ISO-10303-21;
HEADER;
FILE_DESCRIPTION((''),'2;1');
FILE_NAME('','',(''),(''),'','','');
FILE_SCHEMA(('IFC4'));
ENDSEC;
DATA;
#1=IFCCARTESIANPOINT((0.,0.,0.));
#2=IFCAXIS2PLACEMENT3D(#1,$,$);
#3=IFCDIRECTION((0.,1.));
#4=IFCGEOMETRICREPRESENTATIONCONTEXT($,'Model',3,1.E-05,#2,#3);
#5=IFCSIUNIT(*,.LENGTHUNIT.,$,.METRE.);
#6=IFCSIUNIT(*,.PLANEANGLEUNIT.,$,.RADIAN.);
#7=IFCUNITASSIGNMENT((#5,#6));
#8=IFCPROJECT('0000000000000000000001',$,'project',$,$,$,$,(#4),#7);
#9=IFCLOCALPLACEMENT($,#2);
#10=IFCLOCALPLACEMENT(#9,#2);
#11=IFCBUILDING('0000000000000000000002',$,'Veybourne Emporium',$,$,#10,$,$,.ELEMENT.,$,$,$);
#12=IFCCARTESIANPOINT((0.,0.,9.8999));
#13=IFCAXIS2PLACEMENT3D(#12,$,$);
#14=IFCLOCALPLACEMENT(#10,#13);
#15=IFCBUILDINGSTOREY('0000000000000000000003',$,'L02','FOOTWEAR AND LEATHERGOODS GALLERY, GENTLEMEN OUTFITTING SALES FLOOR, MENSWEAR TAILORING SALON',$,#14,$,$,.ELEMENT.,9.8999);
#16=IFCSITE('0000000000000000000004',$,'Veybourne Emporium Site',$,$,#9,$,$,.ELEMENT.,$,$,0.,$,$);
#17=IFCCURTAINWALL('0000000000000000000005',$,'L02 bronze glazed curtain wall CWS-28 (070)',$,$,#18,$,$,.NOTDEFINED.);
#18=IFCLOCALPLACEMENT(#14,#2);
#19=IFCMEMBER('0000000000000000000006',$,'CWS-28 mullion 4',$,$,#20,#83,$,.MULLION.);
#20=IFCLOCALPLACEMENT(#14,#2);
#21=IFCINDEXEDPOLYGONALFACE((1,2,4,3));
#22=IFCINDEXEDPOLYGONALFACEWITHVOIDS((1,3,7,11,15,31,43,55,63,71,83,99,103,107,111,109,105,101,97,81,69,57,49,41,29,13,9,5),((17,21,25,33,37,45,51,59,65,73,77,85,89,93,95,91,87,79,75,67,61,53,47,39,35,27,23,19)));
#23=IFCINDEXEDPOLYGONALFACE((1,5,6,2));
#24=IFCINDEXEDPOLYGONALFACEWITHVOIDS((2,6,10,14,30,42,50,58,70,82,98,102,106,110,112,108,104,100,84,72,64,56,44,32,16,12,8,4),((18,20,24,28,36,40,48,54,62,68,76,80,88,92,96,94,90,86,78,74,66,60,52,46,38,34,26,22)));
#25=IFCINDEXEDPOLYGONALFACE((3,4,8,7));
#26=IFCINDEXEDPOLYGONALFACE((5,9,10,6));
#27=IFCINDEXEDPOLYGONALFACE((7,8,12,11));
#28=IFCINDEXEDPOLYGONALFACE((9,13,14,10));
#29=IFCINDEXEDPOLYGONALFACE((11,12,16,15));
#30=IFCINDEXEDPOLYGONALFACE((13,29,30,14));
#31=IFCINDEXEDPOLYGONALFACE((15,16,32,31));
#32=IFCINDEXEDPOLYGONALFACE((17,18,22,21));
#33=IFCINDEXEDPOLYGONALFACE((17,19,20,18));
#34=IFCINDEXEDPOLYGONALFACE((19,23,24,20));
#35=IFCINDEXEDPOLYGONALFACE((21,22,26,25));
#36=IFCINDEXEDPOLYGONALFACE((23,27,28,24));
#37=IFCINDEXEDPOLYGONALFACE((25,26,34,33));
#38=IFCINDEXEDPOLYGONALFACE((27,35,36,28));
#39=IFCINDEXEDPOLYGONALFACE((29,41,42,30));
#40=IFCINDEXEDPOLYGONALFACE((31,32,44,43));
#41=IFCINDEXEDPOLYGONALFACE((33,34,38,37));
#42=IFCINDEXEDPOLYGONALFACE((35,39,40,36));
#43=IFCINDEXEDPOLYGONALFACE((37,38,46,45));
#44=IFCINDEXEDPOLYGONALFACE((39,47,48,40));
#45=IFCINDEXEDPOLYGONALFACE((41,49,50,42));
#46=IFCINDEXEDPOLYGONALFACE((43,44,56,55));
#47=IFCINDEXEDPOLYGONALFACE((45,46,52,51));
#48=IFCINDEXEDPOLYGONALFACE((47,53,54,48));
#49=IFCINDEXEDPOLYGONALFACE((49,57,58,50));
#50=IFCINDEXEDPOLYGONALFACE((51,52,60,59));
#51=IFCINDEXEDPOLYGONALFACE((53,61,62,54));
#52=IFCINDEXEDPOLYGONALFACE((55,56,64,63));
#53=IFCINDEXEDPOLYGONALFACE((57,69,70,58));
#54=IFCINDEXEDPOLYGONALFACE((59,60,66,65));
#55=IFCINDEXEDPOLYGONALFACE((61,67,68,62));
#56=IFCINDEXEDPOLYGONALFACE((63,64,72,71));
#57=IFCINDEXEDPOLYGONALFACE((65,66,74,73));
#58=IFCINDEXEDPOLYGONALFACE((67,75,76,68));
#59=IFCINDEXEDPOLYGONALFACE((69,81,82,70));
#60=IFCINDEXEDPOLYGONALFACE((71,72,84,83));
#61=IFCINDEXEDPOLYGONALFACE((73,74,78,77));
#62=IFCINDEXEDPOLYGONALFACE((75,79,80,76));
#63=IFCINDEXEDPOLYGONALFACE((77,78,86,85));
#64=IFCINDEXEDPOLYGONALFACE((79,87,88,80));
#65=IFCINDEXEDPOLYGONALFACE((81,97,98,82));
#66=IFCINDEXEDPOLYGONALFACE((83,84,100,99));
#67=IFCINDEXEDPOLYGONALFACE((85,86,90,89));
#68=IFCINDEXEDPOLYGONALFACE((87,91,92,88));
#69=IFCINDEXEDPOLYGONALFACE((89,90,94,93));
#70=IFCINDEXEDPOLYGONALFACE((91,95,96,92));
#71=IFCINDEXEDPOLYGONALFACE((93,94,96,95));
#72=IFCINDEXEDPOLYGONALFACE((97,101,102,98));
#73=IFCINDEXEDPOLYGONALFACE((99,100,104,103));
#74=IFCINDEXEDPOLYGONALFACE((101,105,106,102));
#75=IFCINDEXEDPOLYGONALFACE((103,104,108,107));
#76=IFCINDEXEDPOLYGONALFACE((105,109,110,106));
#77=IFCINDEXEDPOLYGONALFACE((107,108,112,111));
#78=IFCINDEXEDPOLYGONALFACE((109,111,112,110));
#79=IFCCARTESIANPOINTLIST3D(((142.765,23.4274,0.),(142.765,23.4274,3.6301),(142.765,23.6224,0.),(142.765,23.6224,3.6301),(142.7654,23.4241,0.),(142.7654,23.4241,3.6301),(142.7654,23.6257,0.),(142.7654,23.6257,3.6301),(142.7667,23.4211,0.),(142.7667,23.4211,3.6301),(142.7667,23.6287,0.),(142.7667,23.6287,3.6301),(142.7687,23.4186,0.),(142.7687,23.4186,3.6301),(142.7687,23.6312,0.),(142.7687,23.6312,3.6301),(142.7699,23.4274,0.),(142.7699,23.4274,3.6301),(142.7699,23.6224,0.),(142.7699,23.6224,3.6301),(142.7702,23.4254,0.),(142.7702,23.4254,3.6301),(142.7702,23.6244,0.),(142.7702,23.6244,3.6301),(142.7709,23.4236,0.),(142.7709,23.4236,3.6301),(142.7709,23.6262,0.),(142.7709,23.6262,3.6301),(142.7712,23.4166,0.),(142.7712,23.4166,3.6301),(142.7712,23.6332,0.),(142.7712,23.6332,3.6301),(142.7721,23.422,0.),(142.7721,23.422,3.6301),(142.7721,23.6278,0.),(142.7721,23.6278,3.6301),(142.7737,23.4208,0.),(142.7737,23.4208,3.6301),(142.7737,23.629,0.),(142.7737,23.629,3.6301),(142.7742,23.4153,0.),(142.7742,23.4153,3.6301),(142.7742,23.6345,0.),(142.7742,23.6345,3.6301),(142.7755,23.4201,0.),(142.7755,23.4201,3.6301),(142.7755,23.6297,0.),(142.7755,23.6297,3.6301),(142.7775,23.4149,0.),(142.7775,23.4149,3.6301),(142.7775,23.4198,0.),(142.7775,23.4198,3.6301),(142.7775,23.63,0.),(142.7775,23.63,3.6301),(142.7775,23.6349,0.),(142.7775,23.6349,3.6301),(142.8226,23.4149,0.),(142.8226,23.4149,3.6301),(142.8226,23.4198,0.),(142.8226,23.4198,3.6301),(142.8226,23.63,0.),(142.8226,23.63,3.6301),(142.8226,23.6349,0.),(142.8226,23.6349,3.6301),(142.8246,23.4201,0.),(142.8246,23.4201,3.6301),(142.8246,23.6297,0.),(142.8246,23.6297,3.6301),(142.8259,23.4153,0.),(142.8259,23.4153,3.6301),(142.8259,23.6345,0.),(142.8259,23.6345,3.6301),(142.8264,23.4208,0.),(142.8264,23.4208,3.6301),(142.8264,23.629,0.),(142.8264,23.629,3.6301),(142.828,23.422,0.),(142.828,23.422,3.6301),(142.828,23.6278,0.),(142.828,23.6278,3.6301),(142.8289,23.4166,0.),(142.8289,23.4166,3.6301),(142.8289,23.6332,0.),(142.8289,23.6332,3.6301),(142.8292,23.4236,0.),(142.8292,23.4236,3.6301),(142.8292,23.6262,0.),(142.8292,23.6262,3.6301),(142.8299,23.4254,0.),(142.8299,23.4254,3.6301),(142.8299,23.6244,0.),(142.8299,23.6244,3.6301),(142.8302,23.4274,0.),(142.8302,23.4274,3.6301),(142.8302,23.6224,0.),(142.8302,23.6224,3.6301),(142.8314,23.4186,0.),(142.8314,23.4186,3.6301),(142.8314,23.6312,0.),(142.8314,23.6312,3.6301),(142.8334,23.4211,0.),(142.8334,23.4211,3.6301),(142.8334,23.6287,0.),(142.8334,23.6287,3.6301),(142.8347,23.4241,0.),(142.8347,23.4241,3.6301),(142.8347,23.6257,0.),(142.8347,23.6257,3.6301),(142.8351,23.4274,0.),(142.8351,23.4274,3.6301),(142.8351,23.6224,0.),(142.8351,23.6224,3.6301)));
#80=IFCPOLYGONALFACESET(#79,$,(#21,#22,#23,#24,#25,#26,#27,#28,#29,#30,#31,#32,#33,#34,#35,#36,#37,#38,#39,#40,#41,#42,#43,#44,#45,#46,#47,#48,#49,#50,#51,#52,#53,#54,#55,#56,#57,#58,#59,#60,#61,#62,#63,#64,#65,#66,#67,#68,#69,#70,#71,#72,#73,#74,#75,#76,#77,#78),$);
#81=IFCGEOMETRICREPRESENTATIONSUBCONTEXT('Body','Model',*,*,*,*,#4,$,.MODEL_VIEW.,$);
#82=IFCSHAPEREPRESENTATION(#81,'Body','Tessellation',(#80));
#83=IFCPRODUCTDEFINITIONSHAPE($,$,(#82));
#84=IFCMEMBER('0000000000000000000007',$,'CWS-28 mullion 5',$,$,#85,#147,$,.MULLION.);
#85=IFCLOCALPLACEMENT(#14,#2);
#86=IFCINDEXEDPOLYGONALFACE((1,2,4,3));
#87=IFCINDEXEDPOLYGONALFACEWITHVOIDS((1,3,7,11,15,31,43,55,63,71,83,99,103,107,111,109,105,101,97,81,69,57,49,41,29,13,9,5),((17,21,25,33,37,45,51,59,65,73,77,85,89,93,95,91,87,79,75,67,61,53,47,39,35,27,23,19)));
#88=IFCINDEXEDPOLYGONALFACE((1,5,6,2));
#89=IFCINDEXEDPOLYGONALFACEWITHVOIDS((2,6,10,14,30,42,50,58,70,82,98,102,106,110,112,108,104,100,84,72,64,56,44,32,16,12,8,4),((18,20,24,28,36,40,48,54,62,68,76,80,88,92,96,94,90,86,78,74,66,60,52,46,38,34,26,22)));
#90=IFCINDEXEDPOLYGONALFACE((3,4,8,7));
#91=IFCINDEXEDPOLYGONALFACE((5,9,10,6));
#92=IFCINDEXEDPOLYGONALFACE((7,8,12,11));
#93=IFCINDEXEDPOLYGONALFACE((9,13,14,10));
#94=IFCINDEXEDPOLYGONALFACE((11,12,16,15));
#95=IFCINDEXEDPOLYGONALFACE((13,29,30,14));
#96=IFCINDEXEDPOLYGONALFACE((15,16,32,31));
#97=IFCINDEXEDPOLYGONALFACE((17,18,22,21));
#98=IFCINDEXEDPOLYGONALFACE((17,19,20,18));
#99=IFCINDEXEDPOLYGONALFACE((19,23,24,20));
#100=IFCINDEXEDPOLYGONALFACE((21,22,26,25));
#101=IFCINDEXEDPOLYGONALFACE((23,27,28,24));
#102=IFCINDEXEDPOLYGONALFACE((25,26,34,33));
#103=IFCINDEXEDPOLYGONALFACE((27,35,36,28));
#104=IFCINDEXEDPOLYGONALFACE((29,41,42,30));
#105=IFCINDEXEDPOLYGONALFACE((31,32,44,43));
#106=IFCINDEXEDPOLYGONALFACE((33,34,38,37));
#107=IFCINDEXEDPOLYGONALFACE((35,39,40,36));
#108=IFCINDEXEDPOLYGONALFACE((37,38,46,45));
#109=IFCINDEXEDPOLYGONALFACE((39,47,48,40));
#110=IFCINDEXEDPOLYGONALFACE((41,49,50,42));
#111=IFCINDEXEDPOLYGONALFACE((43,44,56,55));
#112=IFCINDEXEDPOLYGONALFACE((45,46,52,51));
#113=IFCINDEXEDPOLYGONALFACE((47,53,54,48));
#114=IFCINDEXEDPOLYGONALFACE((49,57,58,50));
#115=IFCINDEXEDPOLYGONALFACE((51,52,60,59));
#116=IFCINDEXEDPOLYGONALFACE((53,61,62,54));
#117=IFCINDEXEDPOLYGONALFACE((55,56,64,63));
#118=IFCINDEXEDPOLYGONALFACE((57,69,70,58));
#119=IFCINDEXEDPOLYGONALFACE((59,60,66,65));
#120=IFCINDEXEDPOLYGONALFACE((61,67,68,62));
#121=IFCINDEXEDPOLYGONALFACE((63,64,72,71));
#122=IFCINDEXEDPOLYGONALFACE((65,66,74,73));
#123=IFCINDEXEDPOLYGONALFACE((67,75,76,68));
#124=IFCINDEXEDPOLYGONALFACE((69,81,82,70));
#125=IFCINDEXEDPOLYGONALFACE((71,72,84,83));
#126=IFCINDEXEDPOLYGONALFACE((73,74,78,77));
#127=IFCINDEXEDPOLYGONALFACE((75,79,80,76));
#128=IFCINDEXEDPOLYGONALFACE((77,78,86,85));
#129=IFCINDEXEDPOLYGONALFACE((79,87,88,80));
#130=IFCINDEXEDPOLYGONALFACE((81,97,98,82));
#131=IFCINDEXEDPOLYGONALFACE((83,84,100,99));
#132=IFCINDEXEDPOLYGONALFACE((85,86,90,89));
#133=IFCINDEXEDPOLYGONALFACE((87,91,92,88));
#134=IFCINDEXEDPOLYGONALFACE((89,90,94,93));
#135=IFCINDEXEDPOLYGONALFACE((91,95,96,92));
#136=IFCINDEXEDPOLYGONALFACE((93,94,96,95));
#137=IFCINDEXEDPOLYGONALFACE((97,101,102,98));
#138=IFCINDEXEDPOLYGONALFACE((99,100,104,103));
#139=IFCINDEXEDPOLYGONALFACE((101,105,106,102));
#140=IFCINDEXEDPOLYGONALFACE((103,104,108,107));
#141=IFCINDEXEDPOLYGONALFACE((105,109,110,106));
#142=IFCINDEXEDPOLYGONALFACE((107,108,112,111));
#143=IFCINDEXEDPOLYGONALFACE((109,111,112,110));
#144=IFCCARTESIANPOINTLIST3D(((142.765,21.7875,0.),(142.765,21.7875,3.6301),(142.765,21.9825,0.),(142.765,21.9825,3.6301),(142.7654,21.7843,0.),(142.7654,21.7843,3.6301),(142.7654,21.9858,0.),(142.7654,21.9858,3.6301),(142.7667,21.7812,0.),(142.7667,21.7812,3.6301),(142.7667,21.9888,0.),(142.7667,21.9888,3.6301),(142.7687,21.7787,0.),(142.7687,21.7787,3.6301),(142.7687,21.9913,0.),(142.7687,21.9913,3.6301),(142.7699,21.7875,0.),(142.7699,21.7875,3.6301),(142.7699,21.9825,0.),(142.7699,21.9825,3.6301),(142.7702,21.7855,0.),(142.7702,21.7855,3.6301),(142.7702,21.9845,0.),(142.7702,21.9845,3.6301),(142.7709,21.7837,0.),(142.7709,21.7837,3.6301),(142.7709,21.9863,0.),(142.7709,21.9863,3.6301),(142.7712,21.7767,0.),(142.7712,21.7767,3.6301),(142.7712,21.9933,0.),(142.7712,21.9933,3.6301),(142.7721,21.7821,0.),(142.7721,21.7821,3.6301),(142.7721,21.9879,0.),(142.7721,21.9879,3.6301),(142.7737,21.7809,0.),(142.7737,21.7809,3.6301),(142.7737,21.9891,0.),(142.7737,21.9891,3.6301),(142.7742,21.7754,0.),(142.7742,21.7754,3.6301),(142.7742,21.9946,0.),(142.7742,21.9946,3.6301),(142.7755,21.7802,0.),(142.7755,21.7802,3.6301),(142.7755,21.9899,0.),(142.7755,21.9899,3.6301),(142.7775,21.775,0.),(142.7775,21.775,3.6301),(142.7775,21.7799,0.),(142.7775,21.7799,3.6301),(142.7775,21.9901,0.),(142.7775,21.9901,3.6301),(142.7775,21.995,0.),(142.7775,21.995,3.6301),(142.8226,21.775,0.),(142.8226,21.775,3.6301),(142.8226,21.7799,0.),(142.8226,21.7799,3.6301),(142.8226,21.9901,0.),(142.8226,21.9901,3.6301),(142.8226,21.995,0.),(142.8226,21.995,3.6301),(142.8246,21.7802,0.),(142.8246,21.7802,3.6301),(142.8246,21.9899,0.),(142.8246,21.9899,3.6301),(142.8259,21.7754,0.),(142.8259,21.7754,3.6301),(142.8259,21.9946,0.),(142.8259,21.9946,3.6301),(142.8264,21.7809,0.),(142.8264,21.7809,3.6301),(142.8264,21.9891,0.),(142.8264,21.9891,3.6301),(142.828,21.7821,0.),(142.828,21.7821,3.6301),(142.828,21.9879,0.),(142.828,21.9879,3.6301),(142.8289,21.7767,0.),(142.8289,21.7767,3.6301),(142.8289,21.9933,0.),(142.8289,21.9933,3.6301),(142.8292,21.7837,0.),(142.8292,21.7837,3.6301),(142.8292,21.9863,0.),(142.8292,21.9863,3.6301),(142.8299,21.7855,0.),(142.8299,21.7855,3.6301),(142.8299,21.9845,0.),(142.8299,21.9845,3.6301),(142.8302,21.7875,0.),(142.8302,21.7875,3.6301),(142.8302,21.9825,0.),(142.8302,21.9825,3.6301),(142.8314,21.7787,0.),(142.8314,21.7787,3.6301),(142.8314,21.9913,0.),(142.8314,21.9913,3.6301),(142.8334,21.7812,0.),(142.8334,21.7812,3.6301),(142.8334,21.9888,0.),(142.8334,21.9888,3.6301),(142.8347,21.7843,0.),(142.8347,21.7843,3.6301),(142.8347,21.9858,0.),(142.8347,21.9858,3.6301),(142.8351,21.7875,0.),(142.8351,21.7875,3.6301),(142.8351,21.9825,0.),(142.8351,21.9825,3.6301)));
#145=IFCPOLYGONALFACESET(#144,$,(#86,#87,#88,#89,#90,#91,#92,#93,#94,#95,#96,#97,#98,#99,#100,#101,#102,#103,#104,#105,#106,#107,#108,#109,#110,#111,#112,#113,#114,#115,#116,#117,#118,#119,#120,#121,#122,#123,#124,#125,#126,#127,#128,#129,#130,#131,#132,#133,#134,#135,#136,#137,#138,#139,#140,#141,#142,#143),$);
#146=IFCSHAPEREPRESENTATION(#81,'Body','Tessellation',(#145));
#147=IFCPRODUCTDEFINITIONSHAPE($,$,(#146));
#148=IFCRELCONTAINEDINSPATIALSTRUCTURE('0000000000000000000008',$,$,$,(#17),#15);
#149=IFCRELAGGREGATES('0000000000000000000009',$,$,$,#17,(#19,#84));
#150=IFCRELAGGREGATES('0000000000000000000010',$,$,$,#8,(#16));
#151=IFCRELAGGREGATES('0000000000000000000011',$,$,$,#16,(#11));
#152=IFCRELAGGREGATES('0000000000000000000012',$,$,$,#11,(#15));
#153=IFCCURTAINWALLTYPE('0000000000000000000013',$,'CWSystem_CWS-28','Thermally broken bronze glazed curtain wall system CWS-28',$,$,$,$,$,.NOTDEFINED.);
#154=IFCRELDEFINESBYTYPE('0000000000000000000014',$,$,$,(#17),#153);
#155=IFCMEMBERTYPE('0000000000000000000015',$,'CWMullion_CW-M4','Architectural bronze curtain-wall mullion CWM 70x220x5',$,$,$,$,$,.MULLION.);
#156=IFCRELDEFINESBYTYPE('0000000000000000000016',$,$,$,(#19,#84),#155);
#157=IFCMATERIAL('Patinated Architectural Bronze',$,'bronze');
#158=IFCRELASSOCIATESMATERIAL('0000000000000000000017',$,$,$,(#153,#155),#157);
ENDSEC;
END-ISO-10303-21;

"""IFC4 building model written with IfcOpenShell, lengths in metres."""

from ifc_helpers import new_model, si_unit, direction, frame, origin, origin_2d, place, context, subcontext, project, spatial, hollow_rectangle, extrude, material, material_profile, profile_set, type_object, element, aggregate, save


model = new_model("IFC4")

# Units and contexts
model_context = context("Model", 3, precision=1e-05, world=origin(), true_north=direction((0.0, 1.0)))
body_context = subcontext(model_context, "Body", "Model", "MODEL_VIEW")
ifc_project = project(units=[si_unit("LENGTHUNIT", "METRE"), si_unit("PLANEANGLEUNIT", "RADIAN")], contexts=[model_context])

# Site, building, storey
site_placement = place(None, origin())
site = spatial("IfcSite", under=ifc_project, at=site_placement, Name="Veybourne Emporium Site", CompositionType="ELEMENT", RefElevation=0.0)
building_placement = place(site_placement, origin())
building = spatial("IfcBuilding", under=site, at=building_placement, Name="Veybourne Emporium", CompositionType="ELEMENT")
storey_placement = place(building_placement, frame((0.0, 0.0, 9.8999)))
storey = spatial("IfcBuildingStorey", under=building, at=storey_placement, Name="L02", Description="FOOTWEAR AND LEATHERGOODS GALLERY, GENTLEMEN OUTFITTING SALES FLOOR, MENSWEAR TAILORING SALON", CompositionType="ELEMENT", Elevation=9.8999)

# Curtain wall, members
ifc_material_1 = material(Name="Patinated Architectural Bronze", Category="bronze")
curtain_wall_type = type_object("IfcCurtainWallType", Name="CWSystem_CWS-28", Description="Thermally broken bronze glazed curtain wall system CWS-28", PredefinedType="NOTDEFINED", material=ifc_material_1)
curtain_wall_placement = place(storey_placement, origin())
curtain_wall = element("IfcCurtainWall", 1, at=curtain_wall_placement, inside=storey, type_object=curtain_wall_type, Name="L02 bronze glazed curtain wall CWS-28 (070)", PredefinedType="NOTDEFINED")
ifc_material_profile_1 = material_profile(ifc_material_1, hollow_rectangle(XDim=0.0701, YDim=0.22, WallThickness=0.0049, InnerFilletRadius=0.0076, OuterFilletRadius=0.0125, at=origin_2d()), Name="CWM 70x220x5")
ifc_profile_set_1 = profile_set([ifc_material_profile_1], Name="Patinated Architectural Bronze")
member_type_1 = type_object("IfcMemberType", Name="CWMullion_CW-M4", Description="Architectural bronze curtain-wall mullion CWM 70x220x5", PredefinedType="MULLION", material=ifc_profile_set_1)
member_1_placement = place(storey_placement, frame((142.8, 23.5249, 0.0), z_axis=(0.0, 0.0, 1.0), x_axis=(1.0, 0.0, 0.0)))
member_1 = element("IfcMember", 2, at=member_1_placement, type_object=member_type_1, Name="CWS-28 mullion 4", PredefinedType="MULLION", context=body_context, shape_type="SweptSolid", body=[
    extrude(hollow_rectangle(XDim=0.0701, YDim=0.22, WallThickness=0.0049, InnerFilletRadius=0.0076, OuterFilletRadius=0.0125, at=origin_2d()), origin(), (0.0, 0.0, 1.0), 3.6301),
])
member_2_placement = place(storey_placement, frame((142.8, 21.885, 0.0), z_axis=(0.0, 0.0, 1.0), x_axis=(1.0, 0.0, 0.0)))
member_2 = element("IfcMember", 3, at=member_2_placement, type_object=member_type_1, Name="CWS-28 mullion 5", PredefinedType="MULLION", context=body_context, shape_type="SweptSolid", body=[
    extrude(hollow_rectangle(XDim=0.0701, YDim=0.22, WallThickness=0.0049, InnerFilletRadius=0.0076, OuterFilletRadius=0.0125, at=origin_2d()), origin(), (0.0, 0.0, 1.0), 3.6301),
])

aggregate(curtain_wall, [member_1, member_2])

save(model, "model.ifc")
